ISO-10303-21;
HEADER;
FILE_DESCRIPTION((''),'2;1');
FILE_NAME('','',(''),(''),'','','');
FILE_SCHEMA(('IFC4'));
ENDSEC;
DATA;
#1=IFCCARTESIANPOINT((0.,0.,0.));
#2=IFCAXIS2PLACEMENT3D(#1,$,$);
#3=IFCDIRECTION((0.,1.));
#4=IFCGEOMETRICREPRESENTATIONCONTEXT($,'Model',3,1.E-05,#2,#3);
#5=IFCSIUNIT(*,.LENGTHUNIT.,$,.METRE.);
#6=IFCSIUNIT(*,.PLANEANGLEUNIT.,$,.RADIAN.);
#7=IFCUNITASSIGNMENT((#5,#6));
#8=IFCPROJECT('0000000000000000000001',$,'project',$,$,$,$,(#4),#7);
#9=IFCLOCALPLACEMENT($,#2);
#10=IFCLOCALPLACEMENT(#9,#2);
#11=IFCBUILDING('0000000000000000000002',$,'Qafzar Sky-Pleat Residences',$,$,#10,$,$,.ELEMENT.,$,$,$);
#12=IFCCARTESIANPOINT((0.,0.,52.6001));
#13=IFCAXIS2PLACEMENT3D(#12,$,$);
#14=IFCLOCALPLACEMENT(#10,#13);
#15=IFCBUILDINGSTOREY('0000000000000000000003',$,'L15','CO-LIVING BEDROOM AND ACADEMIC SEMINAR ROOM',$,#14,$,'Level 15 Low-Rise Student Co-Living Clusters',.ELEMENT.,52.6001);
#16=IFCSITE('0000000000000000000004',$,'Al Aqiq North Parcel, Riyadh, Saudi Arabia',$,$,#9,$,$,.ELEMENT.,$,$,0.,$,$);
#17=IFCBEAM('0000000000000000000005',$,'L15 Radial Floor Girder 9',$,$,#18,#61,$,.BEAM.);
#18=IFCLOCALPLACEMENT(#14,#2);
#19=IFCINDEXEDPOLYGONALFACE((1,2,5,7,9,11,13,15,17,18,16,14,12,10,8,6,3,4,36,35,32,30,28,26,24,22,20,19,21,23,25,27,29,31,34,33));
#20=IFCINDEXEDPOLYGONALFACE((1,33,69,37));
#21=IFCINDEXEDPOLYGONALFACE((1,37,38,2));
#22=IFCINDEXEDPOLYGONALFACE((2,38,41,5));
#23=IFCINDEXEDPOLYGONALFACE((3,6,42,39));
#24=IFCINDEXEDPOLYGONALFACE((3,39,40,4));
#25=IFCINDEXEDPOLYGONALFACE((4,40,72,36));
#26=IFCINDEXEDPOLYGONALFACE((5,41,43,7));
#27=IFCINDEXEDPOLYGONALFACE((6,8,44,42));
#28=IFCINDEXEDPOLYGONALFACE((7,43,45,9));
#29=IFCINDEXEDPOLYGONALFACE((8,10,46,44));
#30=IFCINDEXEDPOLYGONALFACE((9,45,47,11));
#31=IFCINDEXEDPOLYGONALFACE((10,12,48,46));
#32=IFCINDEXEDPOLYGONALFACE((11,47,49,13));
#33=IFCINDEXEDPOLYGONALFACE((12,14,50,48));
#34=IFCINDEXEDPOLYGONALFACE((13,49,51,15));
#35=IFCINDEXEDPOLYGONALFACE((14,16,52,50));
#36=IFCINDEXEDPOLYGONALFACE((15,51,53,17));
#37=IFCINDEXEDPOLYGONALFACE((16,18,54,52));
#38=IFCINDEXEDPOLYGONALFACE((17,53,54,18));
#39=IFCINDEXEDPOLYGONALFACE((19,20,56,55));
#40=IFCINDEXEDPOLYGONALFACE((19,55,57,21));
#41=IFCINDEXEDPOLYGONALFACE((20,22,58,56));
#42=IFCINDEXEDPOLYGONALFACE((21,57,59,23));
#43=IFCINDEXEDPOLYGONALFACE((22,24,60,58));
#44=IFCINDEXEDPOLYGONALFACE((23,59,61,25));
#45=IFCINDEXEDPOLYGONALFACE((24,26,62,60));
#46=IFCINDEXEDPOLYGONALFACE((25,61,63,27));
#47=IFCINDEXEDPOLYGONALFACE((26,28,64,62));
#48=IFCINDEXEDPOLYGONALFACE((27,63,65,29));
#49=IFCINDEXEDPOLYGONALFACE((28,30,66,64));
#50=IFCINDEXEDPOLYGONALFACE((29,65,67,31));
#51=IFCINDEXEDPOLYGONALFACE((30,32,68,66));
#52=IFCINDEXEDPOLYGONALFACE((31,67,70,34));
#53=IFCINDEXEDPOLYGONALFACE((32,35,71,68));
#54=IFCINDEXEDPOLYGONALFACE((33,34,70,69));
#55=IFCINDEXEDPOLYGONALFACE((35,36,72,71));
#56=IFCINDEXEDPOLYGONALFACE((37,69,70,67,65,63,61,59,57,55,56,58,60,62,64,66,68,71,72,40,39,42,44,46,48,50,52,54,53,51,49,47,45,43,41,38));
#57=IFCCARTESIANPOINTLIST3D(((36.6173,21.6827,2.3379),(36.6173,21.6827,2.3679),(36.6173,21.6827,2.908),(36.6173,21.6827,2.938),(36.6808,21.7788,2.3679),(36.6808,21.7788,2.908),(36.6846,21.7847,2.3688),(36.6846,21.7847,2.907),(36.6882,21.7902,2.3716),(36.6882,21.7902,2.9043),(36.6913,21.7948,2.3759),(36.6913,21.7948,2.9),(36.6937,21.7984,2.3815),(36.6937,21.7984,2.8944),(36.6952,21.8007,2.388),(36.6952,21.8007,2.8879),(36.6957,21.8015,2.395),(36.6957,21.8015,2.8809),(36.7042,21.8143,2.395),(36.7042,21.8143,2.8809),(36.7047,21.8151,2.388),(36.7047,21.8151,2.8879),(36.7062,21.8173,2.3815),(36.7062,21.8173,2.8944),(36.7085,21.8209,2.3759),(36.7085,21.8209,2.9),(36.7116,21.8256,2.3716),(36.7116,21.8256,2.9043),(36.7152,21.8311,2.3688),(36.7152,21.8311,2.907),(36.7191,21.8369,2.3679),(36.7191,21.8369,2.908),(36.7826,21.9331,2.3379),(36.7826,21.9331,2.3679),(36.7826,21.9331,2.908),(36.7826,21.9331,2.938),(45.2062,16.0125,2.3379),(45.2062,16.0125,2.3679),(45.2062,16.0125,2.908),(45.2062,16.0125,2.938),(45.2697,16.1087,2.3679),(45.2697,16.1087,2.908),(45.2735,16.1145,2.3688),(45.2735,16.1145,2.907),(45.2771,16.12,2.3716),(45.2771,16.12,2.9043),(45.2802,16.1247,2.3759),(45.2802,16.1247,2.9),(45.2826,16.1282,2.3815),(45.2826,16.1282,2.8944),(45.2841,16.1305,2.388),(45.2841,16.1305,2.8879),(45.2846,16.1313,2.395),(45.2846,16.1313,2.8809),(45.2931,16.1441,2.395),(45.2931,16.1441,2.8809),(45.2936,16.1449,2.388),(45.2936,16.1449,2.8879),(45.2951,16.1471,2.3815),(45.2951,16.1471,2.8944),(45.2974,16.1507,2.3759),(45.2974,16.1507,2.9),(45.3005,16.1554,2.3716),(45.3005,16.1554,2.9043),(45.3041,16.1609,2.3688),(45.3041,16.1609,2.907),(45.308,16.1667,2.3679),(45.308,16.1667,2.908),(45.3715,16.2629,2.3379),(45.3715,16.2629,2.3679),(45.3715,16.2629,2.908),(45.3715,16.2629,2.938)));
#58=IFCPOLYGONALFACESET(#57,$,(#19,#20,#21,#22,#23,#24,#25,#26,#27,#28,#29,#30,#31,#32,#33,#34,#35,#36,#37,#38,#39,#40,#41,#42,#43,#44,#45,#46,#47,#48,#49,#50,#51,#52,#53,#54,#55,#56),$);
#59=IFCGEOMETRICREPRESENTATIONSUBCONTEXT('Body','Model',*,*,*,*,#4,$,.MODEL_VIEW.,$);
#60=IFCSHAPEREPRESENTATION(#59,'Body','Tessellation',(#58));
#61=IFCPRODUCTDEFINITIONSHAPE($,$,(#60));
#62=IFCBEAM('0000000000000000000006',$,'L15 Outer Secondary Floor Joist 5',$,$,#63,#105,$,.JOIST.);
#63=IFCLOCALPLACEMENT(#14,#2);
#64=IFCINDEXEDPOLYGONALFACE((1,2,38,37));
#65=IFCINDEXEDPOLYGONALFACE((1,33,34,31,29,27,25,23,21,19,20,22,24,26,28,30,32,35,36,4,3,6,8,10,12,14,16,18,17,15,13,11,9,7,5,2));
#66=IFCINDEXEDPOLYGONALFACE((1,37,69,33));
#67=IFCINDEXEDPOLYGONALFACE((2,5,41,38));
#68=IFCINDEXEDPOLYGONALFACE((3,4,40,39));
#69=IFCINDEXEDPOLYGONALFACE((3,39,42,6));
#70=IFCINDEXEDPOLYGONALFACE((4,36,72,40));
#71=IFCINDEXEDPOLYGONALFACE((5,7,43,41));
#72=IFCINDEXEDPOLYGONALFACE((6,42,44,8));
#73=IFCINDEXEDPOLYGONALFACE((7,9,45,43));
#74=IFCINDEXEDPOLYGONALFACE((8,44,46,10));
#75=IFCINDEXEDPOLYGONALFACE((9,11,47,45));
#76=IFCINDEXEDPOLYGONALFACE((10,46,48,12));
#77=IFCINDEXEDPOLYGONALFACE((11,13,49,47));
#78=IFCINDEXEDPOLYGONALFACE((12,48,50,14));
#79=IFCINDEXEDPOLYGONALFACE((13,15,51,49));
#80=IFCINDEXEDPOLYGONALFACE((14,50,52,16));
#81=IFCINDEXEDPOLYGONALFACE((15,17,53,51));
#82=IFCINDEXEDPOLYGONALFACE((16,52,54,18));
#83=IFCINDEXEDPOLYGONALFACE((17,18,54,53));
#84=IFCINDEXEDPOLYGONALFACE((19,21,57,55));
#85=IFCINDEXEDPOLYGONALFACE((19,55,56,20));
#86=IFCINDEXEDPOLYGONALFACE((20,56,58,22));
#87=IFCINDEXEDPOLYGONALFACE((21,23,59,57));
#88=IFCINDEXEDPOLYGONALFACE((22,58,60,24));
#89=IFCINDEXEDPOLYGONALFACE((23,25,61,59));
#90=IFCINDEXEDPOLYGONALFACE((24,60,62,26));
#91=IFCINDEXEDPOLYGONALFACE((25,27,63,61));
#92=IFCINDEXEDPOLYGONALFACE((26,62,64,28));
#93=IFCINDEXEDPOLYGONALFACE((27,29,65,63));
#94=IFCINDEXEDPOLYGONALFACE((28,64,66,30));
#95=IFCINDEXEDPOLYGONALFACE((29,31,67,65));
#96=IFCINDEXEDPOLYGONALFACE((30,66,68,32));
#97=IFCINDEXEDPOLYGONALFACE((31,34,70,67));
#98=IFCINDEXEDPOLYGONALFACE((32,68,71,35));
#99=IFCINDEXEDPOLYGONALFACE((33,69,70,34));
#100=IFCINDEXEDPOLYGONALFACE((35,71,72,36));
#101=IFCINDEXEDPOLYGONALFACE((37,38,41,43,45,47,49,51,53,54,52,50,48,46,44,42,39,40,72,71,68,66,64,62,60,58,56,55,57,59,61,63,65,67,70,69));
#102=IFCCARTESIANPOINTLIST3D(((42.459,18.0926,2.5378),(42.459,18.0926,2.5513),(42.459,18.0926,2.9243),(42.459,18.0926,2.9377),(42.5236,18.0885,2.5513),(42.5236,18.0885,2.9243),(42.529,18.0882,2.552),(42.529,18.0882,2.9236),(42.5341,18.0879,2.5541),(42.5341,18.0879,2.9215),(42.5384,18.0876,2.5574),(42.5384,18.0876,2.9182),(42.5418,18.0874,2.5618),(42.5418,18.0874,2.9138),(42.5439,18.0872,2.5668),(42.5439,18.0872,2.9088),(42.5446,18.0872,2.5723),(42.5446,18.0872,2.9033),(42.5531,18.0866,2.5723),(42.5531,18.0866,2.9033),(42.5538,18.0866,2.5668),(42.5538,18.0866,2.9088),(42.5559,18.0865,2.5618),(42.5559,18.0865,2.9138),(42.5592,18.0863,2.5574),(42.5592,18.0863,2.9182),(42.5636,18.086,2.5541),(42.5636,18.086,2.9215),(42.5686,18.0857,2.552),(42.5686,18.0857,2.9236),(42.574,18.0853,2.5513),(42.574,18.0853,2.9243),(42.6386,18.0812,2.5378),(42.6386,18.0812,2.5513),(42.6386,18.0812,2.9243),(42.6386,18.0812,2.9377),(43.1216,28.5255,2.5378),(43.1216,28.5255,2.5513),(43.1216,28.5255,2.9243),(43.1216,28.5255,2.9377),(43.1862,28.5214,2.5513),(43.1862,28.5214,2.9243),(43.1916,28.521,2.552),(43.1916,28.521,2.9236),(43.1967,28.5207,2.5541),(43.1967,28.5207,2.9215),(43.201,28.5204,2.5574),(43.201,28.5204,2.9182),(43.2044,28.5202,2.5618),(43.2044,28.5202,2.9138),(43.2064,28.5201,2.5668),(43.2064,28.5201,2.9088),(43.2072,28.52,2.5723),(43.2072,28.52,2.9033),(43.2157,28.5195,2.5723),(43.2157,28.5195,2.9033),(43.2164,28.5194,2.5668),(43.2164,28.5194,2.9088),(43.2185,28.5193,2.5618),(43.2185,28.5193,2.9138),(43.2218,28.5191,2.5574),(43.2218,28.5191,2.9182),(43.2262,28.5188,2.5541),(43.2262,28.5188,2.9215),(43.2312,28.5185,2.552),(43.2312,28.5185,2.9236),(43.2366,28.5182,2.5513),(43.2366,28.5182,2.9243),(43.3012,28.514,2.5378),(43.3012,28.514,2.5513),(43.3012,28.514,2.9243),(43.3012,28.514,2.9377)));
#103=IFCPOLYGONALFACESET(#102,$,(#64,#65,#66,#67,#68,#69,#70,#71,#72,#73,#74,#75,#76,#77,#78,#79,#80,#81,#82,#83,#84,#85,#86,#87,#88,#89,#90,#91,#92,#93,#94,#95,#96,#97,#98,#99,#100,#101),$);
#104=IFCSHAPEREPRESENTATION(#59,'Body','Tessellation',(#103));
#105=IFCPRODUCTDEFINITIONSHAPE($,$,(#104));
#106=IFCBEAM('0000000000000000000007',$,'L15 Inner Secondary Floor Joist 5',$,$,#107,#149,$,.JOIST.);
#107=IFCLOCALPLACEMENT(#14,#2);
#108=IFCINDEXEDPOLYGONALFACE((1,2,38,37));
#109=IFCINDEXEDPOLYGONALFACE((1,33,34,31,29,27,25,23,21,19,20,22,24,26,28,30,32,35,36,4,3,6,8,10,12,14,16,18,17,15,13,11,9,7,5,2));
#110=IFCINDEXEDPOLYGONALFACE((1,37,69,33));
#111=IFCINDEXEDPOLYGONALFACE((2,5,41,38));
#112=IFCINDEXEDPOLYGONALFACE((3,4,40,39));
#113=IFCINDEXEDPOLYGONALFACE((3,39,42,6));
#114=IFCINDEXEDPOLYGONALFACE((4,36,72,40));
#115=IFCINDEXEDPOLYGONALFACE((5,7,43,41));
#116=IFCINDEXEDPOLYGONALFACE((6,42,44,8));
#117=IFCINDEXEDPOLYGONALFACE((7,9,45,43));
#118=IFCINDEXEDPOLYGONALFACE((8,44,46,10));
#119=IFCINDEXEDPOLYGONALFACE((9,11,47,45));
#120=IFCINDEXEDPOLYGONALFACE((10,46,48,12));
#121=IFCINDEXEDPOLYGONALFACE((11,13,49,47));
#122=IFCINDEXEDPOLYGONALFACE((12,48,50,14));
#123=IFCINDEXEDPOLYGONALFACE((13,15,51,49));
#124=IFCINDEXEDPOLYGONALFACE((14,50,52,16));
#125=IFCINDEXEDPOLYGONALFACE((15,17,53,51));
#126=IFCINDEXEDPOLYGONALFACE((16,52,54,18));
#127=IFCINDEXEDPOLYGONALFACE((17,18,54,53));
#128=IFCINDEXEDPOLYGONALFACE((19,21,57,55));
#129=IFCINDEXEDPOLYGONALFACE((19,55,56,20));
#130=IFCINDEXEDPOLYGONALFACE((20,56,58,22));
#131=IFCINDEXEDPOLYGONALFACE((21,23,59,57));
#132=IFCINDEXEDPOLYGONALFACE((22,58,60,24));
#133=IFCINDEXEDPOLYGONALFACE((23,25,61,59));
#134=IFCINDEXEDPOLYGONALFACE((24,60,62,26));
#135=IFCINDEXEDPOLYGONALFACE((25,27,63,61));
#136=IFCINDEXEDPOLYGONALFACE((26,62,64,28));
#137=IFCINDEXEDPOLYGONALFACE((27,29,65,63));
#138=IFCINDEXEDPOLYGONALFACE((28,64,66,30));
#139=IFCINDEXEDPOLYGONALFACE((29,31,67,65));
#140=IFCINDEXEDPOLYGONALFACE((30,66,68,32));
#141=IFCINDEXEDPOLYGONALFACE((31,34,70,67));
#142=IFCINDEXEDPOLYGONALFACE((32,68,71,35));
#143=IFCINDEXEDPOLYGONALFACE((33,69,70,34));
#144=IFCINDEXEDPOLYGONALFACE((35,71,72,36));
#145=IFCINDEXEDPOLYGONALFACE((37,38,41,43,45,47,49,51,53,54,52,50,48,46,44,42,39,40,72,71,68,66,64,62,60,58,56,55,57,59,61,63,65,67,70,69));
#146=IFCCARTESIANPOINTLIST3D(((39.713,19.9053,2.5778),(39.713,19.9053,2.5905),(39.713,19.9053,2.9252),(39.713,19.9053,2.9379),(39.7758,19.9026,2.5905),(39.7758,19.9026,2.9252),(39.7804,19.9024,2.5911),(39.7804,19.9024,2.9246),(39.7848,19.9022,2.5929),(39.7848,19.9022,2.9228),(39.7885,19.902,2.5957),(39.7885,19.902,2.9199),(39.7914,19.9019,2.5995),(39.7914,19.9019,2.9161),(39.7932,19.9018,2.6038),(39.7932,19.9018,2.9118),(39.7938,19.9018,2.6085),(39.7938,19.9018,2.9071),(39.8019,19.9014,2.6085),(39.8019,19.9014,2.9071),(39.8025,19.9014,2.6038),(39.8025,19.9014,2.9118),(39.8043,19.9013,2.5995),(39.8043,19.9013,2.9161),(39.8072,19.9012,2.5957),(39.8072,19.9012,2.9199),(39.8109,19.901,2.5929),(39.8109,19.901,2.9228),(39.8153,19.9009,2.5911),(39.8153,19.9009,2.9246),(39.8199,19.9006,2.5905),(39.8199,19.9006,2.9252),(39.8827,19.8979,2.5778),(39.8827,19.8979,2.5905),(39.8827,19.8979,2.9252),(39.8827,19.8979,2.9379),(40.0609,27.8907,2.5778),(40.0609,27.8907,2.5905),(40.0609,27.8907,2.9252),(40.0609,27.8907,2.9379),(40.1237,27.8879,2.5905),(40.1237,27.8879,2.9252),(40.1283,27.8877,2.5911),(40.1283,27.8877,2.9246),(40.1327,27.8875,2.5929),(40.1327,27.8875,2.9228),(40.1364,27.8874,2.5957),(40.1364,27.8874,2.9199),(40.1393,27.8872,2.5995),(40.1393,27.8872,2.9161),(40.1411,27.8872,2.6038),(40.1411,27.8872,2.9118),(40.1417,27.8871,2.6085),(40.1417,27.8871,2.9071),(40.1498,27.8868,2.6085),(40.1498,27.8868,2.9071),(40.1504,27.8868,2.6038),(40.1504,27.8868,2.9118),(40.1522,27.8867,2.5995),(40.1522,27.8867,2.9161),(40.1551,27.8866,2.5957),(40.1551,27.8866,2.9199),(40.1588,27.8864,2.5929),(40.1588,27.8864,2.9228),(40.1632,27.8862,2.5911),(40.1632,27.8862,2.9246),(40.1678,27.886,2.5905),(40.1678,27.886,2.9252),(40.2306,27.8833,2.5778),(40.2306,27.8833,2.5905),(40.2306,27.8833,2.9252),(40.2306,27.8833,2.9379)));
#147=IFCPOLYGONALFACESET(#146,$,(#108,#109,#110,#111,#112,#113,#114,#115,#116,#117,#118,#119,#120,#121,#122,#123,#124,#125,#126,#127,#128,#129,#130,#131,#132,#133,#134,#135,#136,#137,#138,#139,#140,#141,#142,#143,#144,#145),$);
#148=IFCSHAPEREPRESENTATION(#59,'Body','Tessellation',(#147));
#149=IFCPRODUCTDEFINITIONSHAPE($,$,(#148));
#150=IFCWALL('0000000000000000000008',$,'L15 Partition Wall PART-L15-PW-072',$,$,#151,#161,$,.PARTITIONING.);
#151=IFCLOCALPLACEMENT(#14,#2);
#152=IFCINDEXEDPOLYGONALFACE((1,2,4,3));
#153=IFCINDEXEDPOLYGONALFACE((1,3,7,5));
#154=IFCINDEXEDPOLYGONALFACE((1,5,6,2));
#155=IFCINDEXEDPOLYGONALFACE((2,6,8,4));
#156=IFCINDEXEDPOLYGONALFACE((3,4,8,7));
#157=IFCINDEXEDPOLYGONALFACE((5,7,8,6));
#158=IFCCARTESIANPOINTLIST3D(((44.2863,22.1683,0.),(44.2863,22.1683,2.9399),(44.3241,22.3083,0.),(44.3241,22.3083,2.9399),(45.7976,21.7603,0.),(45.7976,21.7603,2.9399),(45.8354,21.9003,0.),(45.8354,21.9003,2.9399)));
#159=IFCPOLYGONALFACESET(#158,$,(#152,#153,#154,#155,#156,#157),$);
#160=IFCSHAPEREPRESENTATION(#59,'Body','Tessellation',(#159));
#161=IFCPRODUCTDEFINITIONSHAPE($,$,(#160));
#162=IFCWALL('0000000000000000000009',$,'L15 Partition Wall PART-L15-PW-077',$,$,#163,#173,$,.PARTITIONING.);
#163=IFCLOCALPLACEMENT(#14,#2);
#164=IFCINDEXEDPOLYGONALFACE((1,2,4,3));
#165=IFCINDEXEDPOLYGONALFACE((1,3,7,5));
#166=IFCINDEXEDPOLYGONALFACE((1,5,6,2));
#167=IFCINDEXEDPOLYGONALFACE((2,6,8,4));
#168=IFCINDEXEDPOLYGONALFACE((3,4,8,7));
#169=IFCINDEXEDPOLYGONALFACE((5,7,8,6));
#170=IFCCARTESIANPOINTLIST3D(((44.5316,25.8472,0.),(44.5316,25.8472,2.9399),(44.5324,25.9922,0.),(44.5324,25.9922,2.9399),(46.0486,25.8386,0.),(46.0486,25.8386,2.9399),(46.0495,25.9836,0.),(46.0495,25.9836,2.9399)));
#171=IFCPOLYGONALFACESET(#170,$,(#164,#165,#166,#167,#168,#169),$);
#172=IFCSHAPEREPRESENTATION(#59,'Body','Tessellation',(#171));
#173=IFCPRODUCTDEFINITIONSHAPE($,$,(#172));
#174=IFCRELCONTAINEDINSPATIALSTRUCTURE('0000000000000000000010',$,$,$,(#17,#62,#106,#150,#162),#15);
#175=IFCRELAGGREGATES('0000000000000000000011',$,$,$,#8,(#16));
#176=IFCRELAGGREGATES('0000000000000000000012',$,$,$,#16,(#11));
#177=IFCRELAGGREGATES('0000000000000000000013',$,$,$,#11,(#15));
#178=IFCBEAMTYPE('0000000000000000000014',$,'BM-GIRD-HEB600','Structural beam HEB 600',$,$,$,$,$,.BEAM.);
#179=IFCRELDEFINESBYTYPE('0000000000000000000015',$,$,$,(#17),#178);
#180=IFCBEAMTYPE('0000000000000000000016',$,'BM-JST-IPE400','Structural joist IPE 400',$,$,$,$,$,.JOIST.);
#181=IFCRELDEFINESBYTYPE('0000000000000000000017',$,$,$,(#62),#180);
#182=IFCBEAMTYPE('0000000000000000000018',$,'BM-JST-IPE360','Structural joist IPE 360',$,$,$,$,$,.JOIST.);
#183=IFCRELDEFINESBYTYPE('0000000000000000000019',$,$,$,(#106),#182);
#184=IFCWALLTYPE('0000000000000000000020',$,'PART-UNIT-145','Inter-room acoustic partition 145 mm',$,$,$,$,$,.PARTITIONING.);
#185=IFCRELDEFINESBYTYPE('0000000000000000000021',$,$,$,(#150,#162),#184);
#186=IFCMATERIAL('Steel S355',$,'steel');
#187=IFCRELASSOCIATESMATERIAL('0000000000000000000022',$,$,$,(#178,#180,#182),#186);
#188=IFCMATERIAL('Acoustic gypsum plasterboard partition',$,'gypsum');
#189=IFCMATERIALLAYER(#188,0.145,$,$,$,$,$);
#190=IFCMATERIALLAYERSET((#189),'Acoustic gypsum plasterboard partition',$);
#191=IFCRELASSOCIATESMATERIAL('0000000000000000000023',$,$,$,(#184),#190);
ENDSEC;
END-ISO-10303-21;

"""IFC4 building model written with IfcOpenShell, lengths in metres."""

from ifc_helpers import new_model, si_unit, direction, frame, frame_2d, origin, origin_2d, place, context, subcontext, project, spatial, rectangle, i_section, extrude, source, transform, mapped, material, layer, layer_set, material_profile, profile_set, type_object, element, save


model = new_model("IFC4")

# Units and contexts
model_context = context("Model", 3, precision=1e-05, world=origin(), true_north=direction((0.0, 1.0)))
body_context = subcontext(model_context, "Body", "Model", "MODEL_VIEW")
ifc_project = project(units=[si_unit("LENGTHUNIT", "METRE"), si_unit("PLANEANGLEUNIT", "RADIAN")], contexts=[model_context])

# Site, building, storey
site_placement = place(None, origin())
site = spatial("IfcSite", under=ifc_project, at=site_placement, Name="Al Aqiq North Parcel, Riyadh, Saudi Arabia", CompositionType="ELEMENT", RefElevation=0.0)
building_placement = place(site_placement, origin())
building = spatial("IfcBuilding", under=site, at=building_placement, Name="Qafzar Sky-Pleat Residences", CompositionType="ELEMENT")
storey_placement = place(building_placement, frame((0.0, 0.0, 52.6001)))
storey = spatial("IfcBuildingStorey", under=building, at=storey_placement, Name="L15", Description="CO-LIVING BEDROOM AND ACADEMIC SEMINAR ROOM", LongName="Level 15 Low-Rise Student Co-Living Clusters", CompositionType="ELEMENT", Elevation=52.6001)

# Beams
ifc_material_1 = material(Name="Steel S355", Category="steel")
ifc_material_profile_1 = material_profile(ifc_material_1, i_section(OverallWidth=0.3, OverallDepth=0.6001, WebThickness=0.0154, FlangeThickness=0.03, FilletRadius=0.0271, at=origin_2d()), Name="HEB 600")
ifc_profile_set_1 = profile_set([ifc_material_profile_1], Name="Steel S355")
beam_type_1 = type_object("IfcBeamType", Name="BM-GIRD-HEB600", Description="Structural beam HEB 600", PredefinedType="BEAM", material=ifc_profile_set_1)
shared_shape_1 = source(origin(), body_context, "Body", "SweptSolid", [
    extrude(i_section(OverallWidth=0.3, OverallDepth=0.6001, WebThickness=0.0154, FlangeThickness=0.03, FilletRadius=0.0271, at=origin_2d()), origin(), (0.0, 0.0, 1.0), 10.2917),
])
beam_1_placement = place(storey_placement, frame((45.2888, 16.1377, 2.6379), z_axis=(-0.834542, 0.550945, 0.0), x_axis=(-0.550945, -0.834542, 0.0)))
element("IfcBeam", 1, at=beam_1_placement, inside=storey, type_object=beam_type_1, Name="L15 Radial Floor Girder 9", PredefinedType="BEAM", context=body_context, shape_type="MappedRepresentation", body=[
    mapped(shared_shape_1, transform((0.0, 0.0, 0.0), x_axis=(1.0, 0.0, 0.0), y_axis=(0.0, 1.0, 0.0), z_axis=(0.0, 0.0, 1.0), scale=1.0)),
])
ifc_material_profile_2 = material_profile(ifc_material_1, i_section(OverallWidth=0.1799, OverallDepth=0.3999, WebThickness=0.0085, FlangeThickness=0.0134, FilletRadius=0.021, at=origin_2d()), Name="IPE 400")
ifc_profile_set_2 = profile_set([ifc_material_profile_2], Name="Steel S355")
beam_type_2 = type_object("IfcBeamType", Name="BM-JST-IPE400", Description="Structural joist IPE 400", PredefinedType="JOIST", material=ifc_profile_set_2)
shared_shape_2 = source(origin(), body_context, "Body", "SweptSolid", [
    extrude(i_section(OverallWidth=0.1799, OverallDepth=0.3999, WebThickness=0.0085, FlangeThickness=0.0134, FilletRadius=0.021, at=origin_2d()), origin(), (0.0, 0.0, 1.0), 10.4539),
])
beam_2_placement = place(storey_placement, frame((42.5488, 18.0869, 2.7378), z_axis=(0.063383, 0.997989, 0.0), x_axis=(-0.997989, 0.063383, 0.0)))
element("IfcBeam", 2, at=beam_2_placement, inside=storey, type_object=beam_type_2, Name="L15 Outer Secondary Floor Joist 5", PredefinedType="JOIST", context=body_context, shape_type="MappedRepresentation", body=[
    mapped(shared_shape_2, transform((0.0, 0.0, 0.0), x_axis=(1.0, 0.0, 0.0), y_axis=(0.0, 1.0, 0.0), z_axis=(0.0, 0.0, 1.0), scale=1.0)),
])
ifc_material_profile_3 = material_profile(ifc_material_1, i_section(OverallWidth=0.1699, OverallDepth=0.3601, WebThickness=0.0081, FlangeThickness=0.0127, FilletRadius=0.0181, at=origin_2d()), Name="IPE 360")
ifc_profile_set_3 = profile_set([ifc_material_profile_3], Name="Steel S355")
beam_type_3 = type_object("IfcBeamType", Name="BM-JST-IPE360", Description="Structural joist IPE 360", PredefinedType="JOIST", material=ifc_profile_set_3)
shared_shape_3 = source(origin(), body_context, "Body", "SweptSolid", [
    extrude(i_section(OverallWidth=0.1699, OverallDepth=0.3601, WebThickness=0.0081, FlangeThickness=0.0127, FilletRadius=0.0181, at=origin_2d()), origin(), (0.0, 0.0, 1.0), 7.9929),
])
beam_3_placement = place(storey_placement, frame((39.7979, 19.9016, 2.7578), z_axis=(0.043526, 0.999052, 0.0), x_axis=(-0.999052, 0.043526, 0.0)))
element("IfcBeam", 3, at=beam_3_placement, inside=storey, type_object=beam_type_3, Name="L15 Inner Secondary Floor Joist 5", PredefinedType="JOIST", context=body_context, shape_type="MappedRepresentation", body=[
    mapped(shared_shape_3, transform((0.0, 0.0, 0.0), x_axis=(1.0, 0.0, 0.0), y_axis=(0.0, 1.0, 0.0), z_axis=(0.0, 0.0, 1.0), scale=1.0)),
])

# Walls
ifc_material_2 = material(Name="Acoustic gypsum plasterboard partition", Category="gypsum")
ifc_layer_1 = layer(ifc_material_2, 0.145)
ifc_layer_set_1 = layer_set([ifc_layer_1], Name="Acoustic gypsum plasterboard partition")
wall_type_1 = type_object("IfcWallType", Name="PART-UNIT-145", Description="Inter-room acoustic partition 145 mm", PredefinedType="PARTITIONING", material=ifc_layer_set_1)
wall_1_placement = place(storey_placement, frame((44.3052, 22.2383, 0.0), z_axis=(0.0, 0.0, 1.0), x_axis=(0.965441, -0.260622, 0.0)))
element("IfcWall", 4, at=wall_1_placement, inside=storey, type_object=wall_type_1, Name="L15 Partition Wall PART-L15-PW-072", PredefinedType="PARTITIONING", context=body_context, shape_type="SweptSolid", body=[
    extrude(rectangle(XDim=1.5654, YDim=0.145, at=frame_2d((0.7827, 0.0))), origin(), (0.0, 0.0, 1.0), 2.9399),
])
wall_2_placement = place(storey_placement, frame((44.532, 25.9197, 0.0), z_axis=(0.0, 0.0, 1.0), x_axis=(0.999984, -0.005632, 0.0)))
element("IfcWall", 5, at=wall_2_placement, inside=storey, type_object=wall_type_1, Name="L15 Partition Wall PART-L15-PW-077", PredefinedType="PARTITIONING", context=body_context, shape_type="SweptSolid", body=[
    extrude(rectangle(XDim=1.5171, YDim=0.145, at=frame_2d((0.7585, 0.0))), origin(), (0.0, 0.0, 1.0), 2.9399),
])

save(model, "model.ifc")
